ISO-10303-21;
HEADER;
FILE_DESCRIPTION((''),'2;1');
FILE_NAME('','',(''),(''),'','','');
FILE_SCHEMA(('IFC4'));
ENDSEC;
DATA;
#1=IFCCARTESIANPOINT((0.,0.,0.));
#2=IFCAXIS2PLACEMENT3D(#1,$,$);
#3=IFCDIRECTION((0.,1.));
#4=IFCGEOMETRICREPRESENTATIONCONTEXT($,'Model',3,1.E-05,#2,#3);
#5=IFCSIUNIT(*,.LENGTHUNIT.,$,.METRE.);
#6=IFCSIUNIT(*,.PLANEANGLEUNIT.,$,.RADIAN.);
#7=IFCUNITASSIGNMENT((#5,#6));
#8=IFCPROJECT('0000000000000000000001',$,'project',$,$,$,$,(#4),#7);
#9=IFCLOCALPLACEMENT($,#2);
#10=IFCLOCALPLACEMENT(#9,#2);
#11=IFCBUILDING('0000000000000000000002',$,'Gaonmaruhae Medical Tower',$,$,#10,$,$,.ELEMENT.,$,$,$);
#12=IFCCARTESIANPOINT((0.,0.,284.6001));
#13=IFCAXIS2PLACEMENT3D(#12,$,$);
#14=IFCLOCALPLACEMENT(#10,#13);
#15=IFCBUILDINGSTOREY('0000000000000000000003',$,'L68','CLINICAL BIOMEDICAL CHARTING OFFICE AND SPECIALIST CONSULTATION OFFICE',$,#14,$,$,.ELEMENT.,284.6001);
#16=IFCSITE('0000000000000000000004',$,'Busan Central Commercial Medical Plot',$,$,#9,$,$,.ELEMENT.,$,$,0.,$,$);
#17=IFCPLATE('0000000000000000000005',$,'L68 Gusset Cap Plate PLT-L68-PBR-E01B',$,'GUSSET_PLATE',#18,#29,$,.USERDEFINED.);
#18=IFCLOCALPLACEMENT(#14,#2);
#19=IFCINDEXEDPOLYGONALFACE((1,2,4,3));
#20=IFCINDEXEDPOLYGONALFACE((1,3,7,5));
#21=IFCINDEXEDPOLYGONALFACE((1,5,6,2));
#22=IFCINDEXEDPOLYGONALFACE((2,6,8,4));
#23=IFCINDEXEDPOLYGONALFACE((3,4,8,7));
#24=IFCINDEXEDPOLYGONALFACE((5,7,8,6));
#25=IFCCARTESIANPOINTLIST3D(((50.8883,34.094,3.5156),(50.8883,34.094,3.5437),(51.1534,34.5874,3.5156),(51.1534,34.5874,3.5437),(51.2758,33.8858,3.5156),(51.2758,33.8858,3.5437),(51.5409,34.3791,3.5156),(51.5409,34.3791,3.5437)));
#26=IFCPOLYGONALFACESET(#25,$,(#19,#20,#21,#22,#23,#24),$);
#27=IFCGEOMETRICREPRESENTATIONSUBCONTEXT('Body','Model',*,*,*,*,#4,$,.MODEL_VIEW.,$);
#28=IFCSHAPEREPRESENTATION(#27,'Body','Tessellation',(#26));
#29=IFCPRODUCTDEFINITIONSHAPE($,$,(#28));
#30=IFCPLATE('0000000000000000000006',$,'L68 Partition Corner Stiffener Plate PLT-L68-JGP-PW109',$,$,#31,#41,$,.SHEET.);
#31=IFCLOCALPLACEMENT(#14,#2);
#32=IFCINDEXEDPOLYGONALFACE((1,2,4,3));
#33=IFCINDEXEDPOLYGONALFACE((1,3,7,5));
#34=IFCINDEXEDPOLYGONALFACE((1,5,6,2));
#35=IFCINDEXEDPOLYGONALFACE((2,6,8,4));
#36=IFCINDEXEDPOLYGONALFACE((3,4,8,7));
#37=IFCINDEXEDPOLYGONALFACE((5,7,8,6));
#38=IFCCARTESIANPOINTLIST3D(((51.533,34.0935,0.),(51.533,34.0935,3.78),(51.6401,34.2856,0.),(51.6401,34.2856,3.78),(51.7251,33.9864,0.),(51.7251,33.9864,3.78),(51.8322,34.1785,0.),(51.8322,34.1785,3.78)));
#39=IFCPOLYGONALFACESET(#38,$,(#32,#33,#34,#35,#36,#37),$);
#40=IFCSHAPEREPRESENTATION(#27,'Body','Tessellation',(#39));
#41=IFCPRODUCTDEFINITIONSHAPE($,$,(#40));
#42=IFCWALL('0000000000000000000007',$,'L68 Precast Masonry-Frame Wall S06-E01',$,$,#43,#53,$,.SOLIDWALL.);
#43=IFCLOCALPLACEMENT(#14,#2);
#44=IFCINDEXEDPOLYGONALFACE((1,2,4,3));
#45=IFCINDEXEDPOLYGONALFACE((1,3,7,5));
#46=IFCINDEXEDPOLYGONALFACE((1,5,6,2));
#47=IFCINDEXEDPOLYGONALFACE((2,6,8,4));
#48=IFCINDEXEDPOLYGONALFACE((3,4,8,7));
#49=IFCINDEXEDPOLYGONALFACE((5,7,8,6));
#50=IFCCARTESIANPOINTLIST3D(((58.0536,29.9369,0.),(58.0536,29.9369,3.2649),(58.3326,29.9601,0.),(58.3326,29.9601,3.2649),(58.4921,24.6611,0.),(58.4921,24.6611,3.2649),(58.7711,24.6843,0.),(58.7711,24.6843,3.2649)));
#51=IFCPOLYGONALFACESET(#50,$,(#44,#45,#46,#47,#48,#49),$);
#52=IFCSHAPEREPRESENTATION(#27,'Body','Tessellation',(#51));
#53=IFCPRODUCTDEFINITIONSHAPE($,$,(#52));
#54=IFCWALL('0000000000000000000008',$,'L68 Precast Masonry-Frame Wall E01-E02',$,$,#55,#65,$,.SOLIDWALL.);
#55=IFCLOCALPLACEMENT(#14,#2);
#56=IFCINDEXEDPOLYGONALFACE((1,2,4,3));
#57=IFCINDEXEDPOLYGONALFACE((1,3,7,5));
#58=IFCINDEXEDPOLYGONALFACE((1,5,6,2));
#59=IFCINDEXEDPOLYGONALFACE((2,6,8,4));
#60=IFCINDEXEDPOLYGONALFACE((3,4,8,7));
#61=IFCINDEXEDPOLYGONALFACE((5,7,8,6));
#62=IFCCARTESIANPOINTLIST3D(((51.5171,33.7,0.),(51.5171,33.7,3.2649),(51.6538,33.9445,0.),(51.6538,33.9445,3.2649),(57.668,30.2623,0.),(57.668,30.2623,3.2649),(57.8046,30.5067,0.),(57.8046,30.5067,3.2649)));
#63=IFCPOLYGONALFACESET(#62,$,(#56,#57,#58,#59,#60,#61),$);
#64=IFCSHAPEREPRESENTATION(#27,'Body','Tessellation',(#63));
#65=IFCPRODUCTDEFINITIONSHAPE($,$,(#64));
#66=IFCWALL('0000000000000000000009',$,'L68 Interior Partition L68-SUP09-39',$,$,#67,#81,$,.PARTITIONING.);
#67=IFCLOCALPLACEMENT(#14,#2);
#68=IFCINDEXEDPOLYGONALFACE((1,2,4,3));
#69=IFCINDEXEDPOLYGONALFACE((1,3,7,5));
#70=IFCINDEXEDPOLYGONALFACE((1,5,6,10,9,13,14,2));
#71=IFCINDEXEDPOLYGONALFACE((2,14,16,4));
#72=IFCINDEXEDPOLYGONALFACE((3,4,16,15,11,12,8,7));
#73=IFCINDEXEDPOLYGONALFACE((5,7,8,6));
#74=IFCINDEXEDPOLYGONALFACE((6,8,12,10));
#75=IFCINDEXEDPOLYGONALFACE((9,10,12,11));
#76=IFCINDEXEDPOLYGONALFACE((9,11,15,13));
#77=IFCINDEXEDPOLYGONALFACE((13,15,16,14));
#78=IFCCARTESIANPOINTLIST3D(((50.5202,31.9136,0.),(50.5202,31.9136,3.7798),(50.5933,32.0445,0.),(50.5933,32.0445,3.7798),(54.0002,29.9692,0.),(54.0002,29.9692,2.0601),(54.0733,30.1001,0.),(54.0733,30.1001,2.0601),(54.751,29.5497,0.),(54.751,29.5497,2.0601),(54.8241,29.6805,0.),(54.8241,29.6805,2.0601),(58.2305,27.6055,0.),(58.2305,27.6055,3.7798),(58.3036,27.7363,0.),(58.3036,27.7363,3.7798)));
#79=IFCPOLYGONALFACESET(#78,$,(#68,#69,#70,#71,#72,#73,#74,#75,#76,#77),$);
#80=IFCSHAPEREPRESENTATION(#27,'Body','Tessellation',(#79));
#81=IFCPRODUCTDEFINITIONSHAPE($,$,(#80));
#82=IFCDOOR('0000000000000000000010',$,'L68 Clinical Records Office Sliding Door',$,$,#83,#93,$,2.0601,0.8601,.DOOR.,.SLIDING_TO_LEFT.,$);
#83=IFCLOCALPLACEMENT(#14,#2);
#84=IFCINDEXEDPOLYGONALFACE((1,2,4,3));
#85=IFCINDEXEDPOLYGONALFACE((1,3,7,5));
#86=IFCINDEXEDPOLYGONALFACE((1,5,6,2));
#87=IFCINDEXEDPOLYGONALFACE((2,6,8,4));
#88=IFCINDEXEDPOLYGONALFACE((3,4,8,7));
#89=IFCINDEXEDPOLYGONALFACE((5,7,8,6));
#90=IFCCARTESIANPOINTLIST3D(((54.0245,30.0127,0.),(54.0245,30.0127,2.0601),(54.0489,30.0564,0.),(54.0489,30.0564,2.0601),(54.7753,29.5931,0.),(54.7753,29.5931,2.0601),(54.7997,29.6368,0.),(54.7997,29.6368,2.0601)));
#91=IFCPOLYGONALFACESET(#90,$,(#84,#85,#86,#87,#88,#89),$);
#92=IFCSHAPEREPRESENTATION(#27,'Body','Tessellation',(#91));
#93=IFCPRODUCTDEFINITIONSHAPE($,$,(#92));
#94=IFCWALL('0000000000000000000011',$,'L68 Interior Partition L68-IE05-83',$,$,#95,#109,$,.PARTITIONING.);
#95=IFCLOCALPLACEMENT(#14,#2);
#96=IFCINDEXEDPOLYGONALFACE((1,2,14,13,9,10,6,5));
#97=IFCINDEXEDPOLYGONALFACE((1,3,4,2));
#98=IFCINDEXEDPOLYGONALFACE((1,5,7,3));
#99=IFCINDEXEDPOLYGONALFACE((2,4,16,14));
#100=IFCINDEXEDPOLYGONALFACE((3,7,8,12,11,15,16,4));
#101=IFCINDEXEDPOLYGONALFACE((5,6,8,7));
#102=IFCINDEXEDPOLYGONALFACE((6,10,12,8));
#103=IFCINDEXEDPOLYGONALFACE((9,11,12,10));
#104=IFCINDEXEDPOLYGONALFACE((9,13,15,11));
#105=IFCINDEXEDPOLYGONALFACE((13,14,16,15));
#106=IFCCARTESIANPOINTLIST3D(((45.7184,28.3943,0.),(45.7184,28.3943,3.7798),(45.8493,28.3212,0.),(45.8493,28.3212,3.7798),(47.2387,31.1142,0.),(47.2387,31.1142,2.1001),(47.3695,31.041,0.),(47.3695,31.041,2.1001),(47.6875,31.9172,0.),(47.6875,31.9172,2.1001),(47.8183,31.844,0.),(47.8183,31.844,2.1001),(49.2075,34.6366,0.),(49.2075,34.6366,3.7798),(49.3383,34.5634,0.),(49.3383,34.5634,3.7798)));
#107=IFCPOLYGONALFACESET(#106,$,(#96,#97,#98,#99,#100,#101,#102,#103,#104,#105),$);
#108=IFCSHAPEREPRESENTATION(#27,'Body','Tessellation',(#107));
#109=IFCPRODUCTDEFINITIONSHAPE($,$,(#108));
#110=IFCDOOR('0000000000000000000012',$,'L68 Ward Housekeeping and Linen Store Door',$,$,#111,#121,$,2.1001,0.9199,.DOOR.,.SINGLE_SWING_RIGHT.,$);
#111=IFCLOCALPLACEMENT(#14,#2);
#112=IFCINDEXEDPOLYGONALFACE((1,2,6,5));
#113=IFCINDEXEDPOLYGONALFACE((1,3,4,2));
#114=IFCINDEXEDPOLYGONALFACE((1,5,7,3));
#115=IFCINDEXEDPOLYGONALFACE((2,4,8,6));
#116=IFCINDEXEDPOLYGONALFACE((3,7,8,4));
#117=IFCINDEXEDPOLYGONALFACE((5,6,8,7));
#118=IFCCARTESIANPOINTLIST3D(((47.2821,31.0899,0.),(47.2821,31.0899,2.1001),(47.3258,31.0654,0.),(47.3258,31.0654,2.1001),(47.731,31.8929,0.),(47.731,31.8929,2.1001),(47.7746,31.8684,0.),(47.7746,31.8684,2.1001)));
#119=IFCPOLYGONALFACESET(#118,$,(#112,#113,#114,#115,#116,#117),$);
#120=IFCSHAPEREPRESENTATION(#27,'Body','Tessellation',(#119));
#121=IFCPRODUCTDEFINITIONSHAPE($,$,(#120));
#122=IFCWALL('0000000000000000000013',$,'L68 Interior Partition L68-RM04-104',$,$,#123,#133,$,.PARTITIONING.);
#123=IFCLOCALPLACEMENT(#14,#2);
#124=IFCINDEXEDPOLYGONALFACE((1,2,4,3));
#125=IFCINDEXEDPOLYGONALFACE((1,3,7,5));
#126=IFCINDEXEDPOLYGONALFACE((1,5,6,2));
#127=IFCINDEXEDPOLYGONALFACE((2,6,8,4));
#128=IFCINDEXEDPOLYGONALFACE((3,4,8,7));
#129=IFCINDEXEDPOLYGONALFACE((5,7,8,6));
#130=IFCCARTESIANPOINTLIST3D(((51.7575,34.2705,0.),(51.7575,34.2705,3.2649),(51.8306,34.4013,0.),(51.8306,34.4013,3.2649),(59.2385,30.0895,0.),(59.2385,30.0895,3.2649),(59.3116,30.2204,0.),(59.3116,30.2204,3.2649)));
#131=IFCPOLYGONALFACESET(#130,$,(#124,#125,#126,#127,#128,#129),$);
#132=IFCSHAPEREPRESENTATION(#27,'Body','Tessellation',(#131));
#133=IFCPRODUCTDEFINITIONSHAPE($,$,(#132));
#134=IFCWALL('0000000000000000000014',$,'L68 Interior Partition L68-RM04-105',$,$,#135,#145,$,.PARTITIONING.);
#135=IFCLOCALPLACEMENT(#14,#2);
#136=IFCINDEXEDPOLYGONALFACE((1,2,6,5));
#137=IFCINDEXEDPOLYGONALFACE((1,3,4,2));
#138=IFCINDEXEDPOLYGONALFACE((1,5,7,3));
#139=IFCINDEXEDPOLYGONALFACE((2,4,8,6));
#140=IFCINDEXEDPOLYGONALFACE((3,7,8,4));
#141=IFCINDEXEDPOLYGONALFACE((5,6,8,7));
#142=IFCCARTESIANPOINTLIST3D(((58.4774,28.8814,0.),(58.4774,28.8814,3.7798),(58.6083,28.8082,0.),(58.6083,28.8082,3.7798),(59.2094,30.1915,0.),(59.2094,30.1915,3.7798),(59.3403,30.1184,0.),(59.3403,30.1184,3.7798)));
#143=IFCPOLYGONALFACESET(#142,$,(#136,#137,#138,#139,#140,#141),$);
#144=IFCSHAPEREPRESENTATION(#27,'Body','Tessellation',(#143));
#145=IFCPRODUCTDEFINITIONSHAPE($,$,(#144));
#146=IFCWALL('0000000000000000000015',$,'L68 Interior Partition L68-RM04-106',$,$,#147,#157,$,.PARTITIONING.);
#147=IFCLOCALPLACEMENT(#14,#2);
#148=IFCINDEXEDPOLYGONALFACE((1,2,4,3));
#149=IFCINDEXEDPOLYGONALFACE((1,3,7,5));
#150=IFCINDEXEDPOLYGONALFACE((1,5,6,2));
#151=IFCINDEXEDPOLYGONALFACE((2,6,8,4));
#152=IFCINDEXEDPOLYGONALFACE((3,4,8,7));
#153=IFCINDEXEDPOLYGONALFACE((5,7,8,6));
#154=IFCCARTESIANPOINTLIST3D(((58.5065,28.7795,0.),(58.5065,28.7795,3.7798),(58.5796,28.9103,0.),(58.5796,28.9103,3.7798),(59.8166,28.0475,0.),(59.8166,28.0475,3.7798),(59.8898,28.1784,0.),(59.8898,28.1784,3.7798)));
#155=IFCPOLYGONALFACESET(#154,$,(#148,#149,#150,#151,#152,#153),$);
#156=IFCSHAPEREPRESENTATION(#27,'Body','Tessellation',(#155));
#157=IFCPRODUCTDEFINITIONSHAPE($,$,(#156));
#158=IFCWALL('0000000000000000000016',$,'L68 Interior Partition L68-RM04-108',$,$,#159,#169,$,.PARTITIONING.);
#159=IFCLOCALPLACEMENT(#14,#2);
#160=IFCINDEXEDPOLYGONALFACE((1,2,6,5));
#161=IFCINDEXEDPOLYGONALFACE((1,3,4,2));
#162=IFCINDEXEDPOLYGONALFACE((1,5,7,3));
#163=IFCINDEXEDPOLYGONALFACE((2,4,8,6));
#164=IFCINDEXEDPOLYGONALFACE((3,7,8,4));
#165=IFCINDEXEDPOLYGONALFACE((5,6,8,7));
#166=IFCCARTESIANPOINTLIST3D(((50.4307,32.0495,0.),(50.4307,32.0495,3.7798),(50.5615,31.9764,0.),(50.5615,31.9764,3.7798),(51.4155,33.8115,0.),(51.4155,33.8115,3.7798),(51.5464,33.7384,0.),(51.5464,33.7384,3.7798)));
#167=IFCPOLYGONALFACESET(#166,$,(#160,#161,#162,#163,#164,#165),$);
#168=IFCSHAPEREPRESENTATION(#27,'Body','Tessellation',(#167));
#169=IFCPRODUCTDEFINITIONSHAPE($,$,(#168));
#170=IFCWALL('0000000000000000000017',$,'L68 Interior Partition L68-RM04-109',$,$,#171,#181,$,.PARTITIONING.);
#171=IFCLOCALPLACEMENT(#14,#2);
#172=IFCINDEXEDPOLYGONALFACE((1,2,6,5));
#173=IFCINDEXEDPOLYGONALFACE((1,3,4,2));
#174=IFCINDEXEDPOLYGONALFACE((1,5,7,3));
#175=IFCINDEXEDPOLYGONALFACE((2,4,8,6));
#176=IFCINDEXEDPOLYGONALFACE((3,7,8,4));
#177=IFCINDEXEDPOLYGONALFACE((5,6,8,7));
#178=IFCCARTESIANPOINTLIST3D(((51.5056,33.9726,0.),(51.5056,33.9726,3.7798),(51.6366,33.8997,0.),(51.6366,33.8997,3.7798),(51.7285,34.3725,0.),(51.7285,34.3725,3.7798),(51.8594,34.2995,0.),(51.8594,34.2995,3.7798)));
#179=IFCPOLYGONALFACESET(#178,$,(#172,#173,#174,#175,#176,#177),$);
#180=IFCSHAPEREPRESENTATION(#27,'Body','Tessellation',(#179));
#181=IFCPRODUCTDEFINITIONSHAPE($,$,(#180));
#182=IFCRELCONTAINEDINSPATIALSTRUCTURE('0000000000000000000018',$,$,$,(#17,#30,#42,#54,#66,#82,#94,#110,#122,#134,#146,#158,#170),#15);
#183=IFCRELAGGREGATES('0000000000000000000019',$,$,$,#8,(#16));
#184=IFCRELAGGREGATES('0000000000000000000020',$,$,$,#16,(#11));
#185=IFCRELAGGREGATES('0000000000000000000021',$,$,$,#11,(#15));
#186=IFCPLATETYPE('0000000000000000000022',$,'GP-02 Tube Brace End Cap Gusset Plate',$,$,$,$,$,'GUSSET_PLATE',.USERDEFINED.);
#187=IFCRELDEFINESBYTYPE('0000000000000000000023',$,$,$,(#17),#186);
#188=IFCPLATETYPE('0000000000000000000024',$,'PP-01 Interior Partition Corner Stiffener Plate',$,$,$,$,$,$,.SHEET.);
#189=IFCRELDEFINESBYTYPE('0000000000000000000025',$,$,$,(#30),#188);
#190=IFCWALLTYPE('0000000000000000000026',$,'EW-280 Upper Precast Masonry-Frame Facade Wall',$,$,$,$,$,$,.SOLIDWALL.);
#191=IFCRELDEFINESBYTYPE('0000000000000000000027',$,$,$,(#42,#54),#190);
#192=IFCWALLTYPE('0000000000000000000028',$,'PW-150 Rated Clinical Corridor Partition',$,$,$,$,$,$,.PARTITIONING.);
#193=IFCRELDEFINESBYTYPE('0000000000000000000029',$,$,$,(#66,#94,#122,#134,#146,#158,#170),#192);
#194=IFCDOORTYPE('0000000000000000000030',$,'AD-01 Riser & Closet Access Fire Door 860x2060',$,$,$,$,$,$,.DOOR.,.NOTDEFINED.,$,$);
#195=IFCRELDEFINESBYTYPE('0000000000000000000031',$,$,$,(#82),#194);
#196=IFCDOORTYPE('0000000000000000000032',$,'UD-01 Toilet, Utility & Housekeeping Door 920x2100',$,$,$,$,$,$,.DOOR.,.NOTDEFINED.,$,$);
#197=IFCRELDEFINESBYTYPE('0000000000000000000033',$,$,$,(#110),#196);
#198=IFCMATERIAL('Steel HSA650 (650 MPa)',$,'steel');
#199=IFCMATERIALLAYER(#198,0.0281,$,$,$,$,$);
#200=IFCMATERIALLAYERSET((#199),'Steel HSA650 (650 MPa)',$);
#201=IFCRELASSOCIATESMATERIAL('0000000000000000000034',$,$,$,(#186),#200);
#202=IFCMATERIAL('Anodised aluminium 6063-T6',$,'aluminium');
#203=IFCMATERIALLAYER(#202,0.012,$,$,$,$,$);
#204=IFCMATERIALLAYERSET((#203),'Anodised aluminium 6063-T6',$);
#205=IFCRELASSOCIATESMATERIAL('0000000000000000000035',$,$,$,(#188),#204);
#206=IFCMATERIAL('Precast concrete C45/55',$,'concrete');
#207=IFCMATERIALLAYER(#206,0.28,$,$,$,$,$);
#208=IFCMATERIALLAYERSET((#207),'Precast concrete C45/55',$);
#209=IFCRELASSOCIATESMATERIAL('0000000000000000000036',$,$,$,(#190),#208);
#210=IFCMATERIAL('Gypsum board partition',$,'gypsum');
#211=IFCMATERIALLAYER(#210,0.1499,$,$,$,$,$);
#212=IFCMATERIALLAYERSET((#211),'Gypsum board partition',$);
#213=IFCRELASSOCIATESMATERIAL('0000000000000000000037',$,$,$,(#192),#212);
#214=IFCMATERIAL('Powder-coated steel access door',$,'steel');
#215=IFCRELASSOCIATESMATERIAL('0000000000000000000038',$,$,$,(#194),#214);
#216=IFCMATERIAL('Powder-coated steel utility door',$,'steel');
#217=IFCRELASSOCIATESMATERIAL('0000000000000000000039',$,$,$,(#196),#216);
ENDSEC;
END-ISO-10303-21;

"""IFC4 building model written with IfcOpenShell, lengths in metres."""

from ifc_helpers import new_model, si_unit, direction, frame, frame_2d, origin, origin_2d, place, context, subcontext, project, spatial, rectangle, extrude, material, layer, layer_set, type_object, element, fill, save


model = new_model("IFC4")

# Units and contexts
model_context = context("Model", 3, precision=1e-05, world=origin(), true_north=direction((0.0, 1.0)))
body_context = subcontext(model_context, "Body", "Model", "MODEL_VIEW")
ifc_project = project(units=[si_unit("LENGTHUNIT", "METRE"), si_unit("PLANEANGLEUNIT", "RADIAN")], contexts=[model_context])

# Site, building, storey
site_placement = place(None, origin())
site = spatial("IfcSite", under=ifc_project, at=site_placement, Name="Busan Central Commercial Medical Plot", CompositionType="ELEMENT", RefElevation=0.0)
building_placement = place(site_placement, origin())
building = spatial("IfcBuilding", under=site, at=building_placement, Name="Gaonmaruhae Medical Tower", CompositionType="ELEMENT")
storey_placement = place(building_placement, frame((0.0, 0.0, 284.6001)))
storey = spatial("IfcBuildingStorey", under=building, at=storey_placement, Name="L68", Description="CLINICAL BIOMEDICAL CHARTING OFFICE AND SPECIALIST CONSULTATION OFFICE", CompositionType="ELEMENT", Elevation=284.6001)

# Plates
ifc_material_1 = material(Name="Steel HSA650 (650 MPa)", Category="steel")
ifc_layer_1 = layer(ifc_material_1, 0.0281)
ifc_layer_set_1 = layer_set([ifc_layer_1], Name="Steel HSA650 (650 MPa)")
plate_type_1 = type_object("IfcPlateType", Name="GP-02 Tube Brace End Cap Gusset Plate", ElementType="GUSSET_PLATE", PredefinedType="USERDEFINED", material=ifc_layer_set_1)
for number, where, z_axis, x_axis, name in (
    (1, (51.2146, 34.2366, 3.5156), (0.0, 0.0, 1.0), (0.47332, 0.880891, 0.0), "L68 Gusset Cap Plate PLT-L68-PBR-E01B"),
):
    element("IfcPlate", number, at=place(storey_placement, frame(where, z_axis=z_axis, x_axis=x_axis)), inside=storey, type_object=plate_type_1, Name=name, ObjectType="GUSSET_PLATE", PredefinedType="USERDEFINED", context=body_context, shape_type="SweptSolid", body=[
        extrude(rectangle(XDim=0.5601, YDim=0.4399, at=origin_2d()), origin(), (0.0, 0.0, 1.0), 0.0281),
    ])
ifc_material_2 = material(Name="Anodised aluminium 6063-T6", Category="aluminium")
ifc_layer_2 = layer(ifc_material_2, 0.012)
ifc_layer_set_2 = layer_set([ifc_layer_2], Name="Anodised aluminium 6063-T6")
plate_type_2 = type_object("IfcPlateType", Name="PP-01 Interior Partition Corner Stiffener Plate", PredefinedType="SHEET", material=ifc_layer_set_2)
plate_placement = place(storey_placement, frame((51.6826, 34.136, 0.0), z_axis=(0.0, 0.0, 1.0), x_axis=(0.486945, 0.873432, 0.0)))
element("IfcPlate", 2, at=plate_placement, inside=storey, type_object=plate_type_2, Name="L68 Partition Corner Stiffener Plate PLT-L68-JGP-PW109", PredefinedType="SHEET", context=body_context, shape_type="SweptSolid", body=[
    extrude(rectangle(XDim=0.22, YDim=0.22, at=origin_2d()), origin(), (0.0, 0.0, 1.0), 3.78),
])

# Walls
ifc_material_3 = material(Name="Precast concrete C45/55", Category="concrete")
ifc_layer_3 = layer(ifc_material_3, 0.28)
ifc_layer_set_3 = layer_set([ifc_layer_3], Name="Precast concrete C45/55")
wall_type_1 = type_object("IfcWallType", Name="EW-280 Upper Precast Masonry-Frame Facade Wall", PredefinedType="SOLIDWALL", material=ifc_layer_set_3)
wall_1_placement = place(storey_placement, frame((58.1931, 29.9485, 0.0), z_axis=(0.0, 0.0, 1.0), x_axis=(0.082828, -0.996564, 0.0)))
element("IfcWall", 3, at=wall_1_placement, inside=storey, type_object=wall_type_1, Name="L68 Precast Masonry-Frame Wall S06-E01", PredefinedType="SOLIDWALL", context=body_context, shape_type="SweptSolid", body=[
    extrude(rectangle(XDim=5.2939, YDim=0.28, at=frame_2d((2.647, 0.0))), origin(), (0.0, 0.0, 1.0), 3.2649),
])
wall_2_placement = place(storey_placement, frame((51.5854, 33.8223, 0.0), z_axis=(0.0, 0.0, 1.0), x_axis=(0.872914, -0.487874, 0.0)))
element("IfcWall", 4, at=wall_2_placement, inside=storey, type_object=wall_type_1, Name="L68 Precast Masonry-Frame Wall E01-E02", PredefinedType="SOLIDWALL", context=body_context, shape_type="SweptSolid", body=[
    extrude(rectangle(XDim=7.0464, YDim=0.28, at=frame_2d((3.5232, 0.0))), origin(), (0.0, 0.0, 1.0), 3.2649),
])

# Walls, openings, doors
ifc_material_4 = material(Name="Gypsum board partition", Category="gypsum")
ifc_layer_4 = layer(ifc_material_4, 0.1499)
ifc_layer_set_4 = layer_set([ifc_layer_4], Name="Gypsum board partition")
wall_type_2 = type_object("IfcWallType", Name="PW-150 Rated Clinical Corridor Partition", PredefinedType="PARTITIONING", material=ifc_layer_set_4)
wall_3_placement = place(storey_placement, frame((50.5569, 31.979, 0.0), z_axis=(0.0, 0.0, 1.0), x_axis=(0.872969, -0.487775, 0.0)))
wall_3 = element("IfcWall", 5, at=wall_3_placement, inside=storey, type_object=wall_type_2, Name="L68 Interior Partition L68-SUP09-39", PredefinedType="PARTITIONING", context=body_context, shape_type="SweptSolid", body=[
    extrude(rectangle(XDim=8.8323, YDim=0.1499, at=frame_2d((4.416, 0.0))), origin(), (0.0, 0.0, 1.0), 3.7798),
])
opening_1_placement = place(wall_3_placement, frame((3.9861, 0.0, 0.0)))
opening_1 = element("IfcOpeningElement", 6, at=opening_1_placement, cuts=wall_3, PredefinedType="OPENING", context=body_context, shape_type="SweptSolid", body=[
    extrude(rectangle(XDim=0.8601, YDim=2.0601, at=frame_2d((0.4302, 1.03))), frame((0.0, 0.085, 0.0), z_axis=(0.0, -1.0, 0.0), x_axis=(1.0, 0.0, 0.0)), (0.0, 0.0, 1.0), 0.1699),
])
ifc_material_5 = material(Name="Powder-coated steel access door", Category="steel")
door_type_1 = type_object("IfcDoorType", Name="AD-01 Riser & Closet Access Fire Door 860x2060", OperationType="NOTDEFINED", PredefinedType="DOOR", material=ifc_material_5)
door_1_placement = place(opening_1_placement, origin())
door_1 = element("IfcDoor", 7, at=door_1_placement, inside=storey, type_object=door_type_1, Name="L68 Clinical Records Office Sliding Door", OperationType="SLIDING_TO_LEFT", OverallHeight=2.0601, OverallWidth=0.8601, PredefinedType="DOOR", context=body_context, shape_type="SweptSolid", body=[
    extrude(rectangle(XDim=0.8601, YDim=2.0601, at=frame_2d((0.4302, 1.03))), frame((0.0, 0.0249, 0.0), z_axis=(0.0, -1.0, 0.0), x_axis=(1.0, 0.0, 0.0)), (0.0, 0.0, 1.0), 0.05),
])
fill(opening_1, door_1)
wall_4_placement = place(storey_placement, frame((49.2729, 34.6001, 0.0), z_axis=(0.0, 0.0, 1.0), x_axis=(-0.487899, -0.8729, 0.0)))
wall_4 = element("IfcWall", 8, at=wall_4_placement, inside=storey, type_object=wall_type_2, Name="L68 Interior Partition L68-IE05-83", PredefinedType="PARTITIONING", context=body_context, shape_type="SweptSolid", body=[
    extrude(rectangle(XDim=7.1511, YDim=0.1499, at=frame_2d((3.5757, 0.0))), origin(), (0.0, 0.0, 1.0), 3.7798),
])
opening_2_placement = place(wall_4_placement, frame((3.1155, 0.0, 0.0)))
opening_2 = element("IfcOpeningElement", 9, at=opening_2_placement, cuts=wall_4, PredefinedType="OPENING", context=body_context, shape_type="SweptSolid", body=[
    extrude(rectangle(XDim=0.9199, YDim=2.1001, at=frame_2d((0.46, 1.05))), frame((0.0, 0.085, 0.0), z_axis=(0.0, -1.0, 0.0), x_axis=(1.0, 0.0, 0.0)), (0.0, 0.0, 1.0), 0.1699),
])
ifc_material_6 = material(Name="Powder-coated steel utility door", Category="steel")
door_type_2 = type_object("IfcDoorType", Name="UD-01 Toilet, Utility & Housekeeping Door 920x2100", OperationType="NOTDEFINED", PredefinedType="DOOR", material=ifc_material_6)
door_2_placement = place(opening_2_placement, origin())
door_2 = element("IfcDoor", 10, at=door_2_placement, inside=storey, type_object=door_type_2, Name="L68 Ward Housekeeping and Linen Store Door", OperationType="SINGLE_SWING_RIGHT", OverallHeight=2.1001, OverallWidth=0.9199, PredefinedType="DOOR", context=body_context, shape_type="SweptSolid", body=[
    extrude(rectangle(XDim=0.9199, YDim=2.1001, at=frame_2d((0.46, 1.05))), frame((0.0, 0.0249, 0.0), z_axis=(0.0, -1.0, 0.0), x_axis=(1.0, 0.0, 0.0)), (0.0, 0.0, 1.0), 0.05),
])
fill(opening_2, door_2)

# Walls
wall_5_placement = place(storey_placement, frame((51.7939, 34.3359, 0.0), z_axis=(0.0, 0.0, 1.0), x_axis=(0.872925, -0.487855, 0.0)))
element("IfcWall", 11, at=wall_5_placement, inside=storey, type_object=wall_type_2, Name="L68 Interior Partition L68-RM04-104", PredefinedType="PARTITIONING", context=body_context, shape_type="SweptSolid", body=[
    extrude(rectangle(XDim=8.5701, YDim=0.1499, at=frame_2d((4.2852, 0.0))), origin(), (0.0, 0.0, 1.0), 3.2649),
])
for number, where, z_axis, x_axis, name in (
    (12, (59.2749, 30.155, 0.0), (0.0, 0.0, 1.0), (-0.487741, -0.872988, 0.0), "L68 Interior Partition L68-RM04-105"),
    (13, (58.543, 28.845, 0.0), (0.0, 0.0, 1.0), (0.872988, -0.487741, 0.0), "L68 Interior Partition L68-RM04-106"),
):
    element("IfcWall", number, at=place(storey_placement, frame(where, z_axis=z_axis, x_axis=x_axis)), inside=storey, type_object=wall_type_2, Name=name, PredefinedType="PARTITIONING", context=body_context, shape_type="SweptSolid", body=[
        extrude(rectangle(XDim=1.5007, YDim=0.1499, at=frame_2d((0.7505, 0.0))), origin(), (0.0, 0.0, 1.0), 3.7798),
    ])
wall_6_placement = place(storey_placement, frame((50.4961, 32.0129, 0.0), z_axis=(0.0, 0.0, 1.0), x_axis=(0.487911, 0.872893, 0.0)))
element("IfcWall", 14, at=wall_6_placement, inside=storey, type_object=wall_type_2, Name="L68 Interior Partition L68-RM04-108", PredefinedType="PARTITIONING", context=body_context, shape_type="SweptSolid", body=[
    extrude(rectangle(XDim=2.0186, YDim=0.1499, at=frame_2d((1.0093, 0.0))), origin(), (0.0, 0.0, 1.0), 3.7798),
])
wall_7_placement = place(storey_placement, frame((51.571, 33.936, 0.0), z_axis=(0.0, 0.0, 1.0), x_axis=(0.486865, 0.873477, 0.0)))
element("IfcWall", 15, at=wall_7_placement, inside=storey, type_object=wall_type_2, Name="L68 Interior Partition L68-RM04-109", PredefinedType="PARTITIONING", context=body_context, shape_type="SweptSolid", body=[
    extrude(rectangle(XDim=0.4578, YDim=0.1499, at=frame_2d((0.229, 0.0))), origin(), (0.0, 0.0, 1.0), 3.7798),
])

save(model, "model.ifc")
